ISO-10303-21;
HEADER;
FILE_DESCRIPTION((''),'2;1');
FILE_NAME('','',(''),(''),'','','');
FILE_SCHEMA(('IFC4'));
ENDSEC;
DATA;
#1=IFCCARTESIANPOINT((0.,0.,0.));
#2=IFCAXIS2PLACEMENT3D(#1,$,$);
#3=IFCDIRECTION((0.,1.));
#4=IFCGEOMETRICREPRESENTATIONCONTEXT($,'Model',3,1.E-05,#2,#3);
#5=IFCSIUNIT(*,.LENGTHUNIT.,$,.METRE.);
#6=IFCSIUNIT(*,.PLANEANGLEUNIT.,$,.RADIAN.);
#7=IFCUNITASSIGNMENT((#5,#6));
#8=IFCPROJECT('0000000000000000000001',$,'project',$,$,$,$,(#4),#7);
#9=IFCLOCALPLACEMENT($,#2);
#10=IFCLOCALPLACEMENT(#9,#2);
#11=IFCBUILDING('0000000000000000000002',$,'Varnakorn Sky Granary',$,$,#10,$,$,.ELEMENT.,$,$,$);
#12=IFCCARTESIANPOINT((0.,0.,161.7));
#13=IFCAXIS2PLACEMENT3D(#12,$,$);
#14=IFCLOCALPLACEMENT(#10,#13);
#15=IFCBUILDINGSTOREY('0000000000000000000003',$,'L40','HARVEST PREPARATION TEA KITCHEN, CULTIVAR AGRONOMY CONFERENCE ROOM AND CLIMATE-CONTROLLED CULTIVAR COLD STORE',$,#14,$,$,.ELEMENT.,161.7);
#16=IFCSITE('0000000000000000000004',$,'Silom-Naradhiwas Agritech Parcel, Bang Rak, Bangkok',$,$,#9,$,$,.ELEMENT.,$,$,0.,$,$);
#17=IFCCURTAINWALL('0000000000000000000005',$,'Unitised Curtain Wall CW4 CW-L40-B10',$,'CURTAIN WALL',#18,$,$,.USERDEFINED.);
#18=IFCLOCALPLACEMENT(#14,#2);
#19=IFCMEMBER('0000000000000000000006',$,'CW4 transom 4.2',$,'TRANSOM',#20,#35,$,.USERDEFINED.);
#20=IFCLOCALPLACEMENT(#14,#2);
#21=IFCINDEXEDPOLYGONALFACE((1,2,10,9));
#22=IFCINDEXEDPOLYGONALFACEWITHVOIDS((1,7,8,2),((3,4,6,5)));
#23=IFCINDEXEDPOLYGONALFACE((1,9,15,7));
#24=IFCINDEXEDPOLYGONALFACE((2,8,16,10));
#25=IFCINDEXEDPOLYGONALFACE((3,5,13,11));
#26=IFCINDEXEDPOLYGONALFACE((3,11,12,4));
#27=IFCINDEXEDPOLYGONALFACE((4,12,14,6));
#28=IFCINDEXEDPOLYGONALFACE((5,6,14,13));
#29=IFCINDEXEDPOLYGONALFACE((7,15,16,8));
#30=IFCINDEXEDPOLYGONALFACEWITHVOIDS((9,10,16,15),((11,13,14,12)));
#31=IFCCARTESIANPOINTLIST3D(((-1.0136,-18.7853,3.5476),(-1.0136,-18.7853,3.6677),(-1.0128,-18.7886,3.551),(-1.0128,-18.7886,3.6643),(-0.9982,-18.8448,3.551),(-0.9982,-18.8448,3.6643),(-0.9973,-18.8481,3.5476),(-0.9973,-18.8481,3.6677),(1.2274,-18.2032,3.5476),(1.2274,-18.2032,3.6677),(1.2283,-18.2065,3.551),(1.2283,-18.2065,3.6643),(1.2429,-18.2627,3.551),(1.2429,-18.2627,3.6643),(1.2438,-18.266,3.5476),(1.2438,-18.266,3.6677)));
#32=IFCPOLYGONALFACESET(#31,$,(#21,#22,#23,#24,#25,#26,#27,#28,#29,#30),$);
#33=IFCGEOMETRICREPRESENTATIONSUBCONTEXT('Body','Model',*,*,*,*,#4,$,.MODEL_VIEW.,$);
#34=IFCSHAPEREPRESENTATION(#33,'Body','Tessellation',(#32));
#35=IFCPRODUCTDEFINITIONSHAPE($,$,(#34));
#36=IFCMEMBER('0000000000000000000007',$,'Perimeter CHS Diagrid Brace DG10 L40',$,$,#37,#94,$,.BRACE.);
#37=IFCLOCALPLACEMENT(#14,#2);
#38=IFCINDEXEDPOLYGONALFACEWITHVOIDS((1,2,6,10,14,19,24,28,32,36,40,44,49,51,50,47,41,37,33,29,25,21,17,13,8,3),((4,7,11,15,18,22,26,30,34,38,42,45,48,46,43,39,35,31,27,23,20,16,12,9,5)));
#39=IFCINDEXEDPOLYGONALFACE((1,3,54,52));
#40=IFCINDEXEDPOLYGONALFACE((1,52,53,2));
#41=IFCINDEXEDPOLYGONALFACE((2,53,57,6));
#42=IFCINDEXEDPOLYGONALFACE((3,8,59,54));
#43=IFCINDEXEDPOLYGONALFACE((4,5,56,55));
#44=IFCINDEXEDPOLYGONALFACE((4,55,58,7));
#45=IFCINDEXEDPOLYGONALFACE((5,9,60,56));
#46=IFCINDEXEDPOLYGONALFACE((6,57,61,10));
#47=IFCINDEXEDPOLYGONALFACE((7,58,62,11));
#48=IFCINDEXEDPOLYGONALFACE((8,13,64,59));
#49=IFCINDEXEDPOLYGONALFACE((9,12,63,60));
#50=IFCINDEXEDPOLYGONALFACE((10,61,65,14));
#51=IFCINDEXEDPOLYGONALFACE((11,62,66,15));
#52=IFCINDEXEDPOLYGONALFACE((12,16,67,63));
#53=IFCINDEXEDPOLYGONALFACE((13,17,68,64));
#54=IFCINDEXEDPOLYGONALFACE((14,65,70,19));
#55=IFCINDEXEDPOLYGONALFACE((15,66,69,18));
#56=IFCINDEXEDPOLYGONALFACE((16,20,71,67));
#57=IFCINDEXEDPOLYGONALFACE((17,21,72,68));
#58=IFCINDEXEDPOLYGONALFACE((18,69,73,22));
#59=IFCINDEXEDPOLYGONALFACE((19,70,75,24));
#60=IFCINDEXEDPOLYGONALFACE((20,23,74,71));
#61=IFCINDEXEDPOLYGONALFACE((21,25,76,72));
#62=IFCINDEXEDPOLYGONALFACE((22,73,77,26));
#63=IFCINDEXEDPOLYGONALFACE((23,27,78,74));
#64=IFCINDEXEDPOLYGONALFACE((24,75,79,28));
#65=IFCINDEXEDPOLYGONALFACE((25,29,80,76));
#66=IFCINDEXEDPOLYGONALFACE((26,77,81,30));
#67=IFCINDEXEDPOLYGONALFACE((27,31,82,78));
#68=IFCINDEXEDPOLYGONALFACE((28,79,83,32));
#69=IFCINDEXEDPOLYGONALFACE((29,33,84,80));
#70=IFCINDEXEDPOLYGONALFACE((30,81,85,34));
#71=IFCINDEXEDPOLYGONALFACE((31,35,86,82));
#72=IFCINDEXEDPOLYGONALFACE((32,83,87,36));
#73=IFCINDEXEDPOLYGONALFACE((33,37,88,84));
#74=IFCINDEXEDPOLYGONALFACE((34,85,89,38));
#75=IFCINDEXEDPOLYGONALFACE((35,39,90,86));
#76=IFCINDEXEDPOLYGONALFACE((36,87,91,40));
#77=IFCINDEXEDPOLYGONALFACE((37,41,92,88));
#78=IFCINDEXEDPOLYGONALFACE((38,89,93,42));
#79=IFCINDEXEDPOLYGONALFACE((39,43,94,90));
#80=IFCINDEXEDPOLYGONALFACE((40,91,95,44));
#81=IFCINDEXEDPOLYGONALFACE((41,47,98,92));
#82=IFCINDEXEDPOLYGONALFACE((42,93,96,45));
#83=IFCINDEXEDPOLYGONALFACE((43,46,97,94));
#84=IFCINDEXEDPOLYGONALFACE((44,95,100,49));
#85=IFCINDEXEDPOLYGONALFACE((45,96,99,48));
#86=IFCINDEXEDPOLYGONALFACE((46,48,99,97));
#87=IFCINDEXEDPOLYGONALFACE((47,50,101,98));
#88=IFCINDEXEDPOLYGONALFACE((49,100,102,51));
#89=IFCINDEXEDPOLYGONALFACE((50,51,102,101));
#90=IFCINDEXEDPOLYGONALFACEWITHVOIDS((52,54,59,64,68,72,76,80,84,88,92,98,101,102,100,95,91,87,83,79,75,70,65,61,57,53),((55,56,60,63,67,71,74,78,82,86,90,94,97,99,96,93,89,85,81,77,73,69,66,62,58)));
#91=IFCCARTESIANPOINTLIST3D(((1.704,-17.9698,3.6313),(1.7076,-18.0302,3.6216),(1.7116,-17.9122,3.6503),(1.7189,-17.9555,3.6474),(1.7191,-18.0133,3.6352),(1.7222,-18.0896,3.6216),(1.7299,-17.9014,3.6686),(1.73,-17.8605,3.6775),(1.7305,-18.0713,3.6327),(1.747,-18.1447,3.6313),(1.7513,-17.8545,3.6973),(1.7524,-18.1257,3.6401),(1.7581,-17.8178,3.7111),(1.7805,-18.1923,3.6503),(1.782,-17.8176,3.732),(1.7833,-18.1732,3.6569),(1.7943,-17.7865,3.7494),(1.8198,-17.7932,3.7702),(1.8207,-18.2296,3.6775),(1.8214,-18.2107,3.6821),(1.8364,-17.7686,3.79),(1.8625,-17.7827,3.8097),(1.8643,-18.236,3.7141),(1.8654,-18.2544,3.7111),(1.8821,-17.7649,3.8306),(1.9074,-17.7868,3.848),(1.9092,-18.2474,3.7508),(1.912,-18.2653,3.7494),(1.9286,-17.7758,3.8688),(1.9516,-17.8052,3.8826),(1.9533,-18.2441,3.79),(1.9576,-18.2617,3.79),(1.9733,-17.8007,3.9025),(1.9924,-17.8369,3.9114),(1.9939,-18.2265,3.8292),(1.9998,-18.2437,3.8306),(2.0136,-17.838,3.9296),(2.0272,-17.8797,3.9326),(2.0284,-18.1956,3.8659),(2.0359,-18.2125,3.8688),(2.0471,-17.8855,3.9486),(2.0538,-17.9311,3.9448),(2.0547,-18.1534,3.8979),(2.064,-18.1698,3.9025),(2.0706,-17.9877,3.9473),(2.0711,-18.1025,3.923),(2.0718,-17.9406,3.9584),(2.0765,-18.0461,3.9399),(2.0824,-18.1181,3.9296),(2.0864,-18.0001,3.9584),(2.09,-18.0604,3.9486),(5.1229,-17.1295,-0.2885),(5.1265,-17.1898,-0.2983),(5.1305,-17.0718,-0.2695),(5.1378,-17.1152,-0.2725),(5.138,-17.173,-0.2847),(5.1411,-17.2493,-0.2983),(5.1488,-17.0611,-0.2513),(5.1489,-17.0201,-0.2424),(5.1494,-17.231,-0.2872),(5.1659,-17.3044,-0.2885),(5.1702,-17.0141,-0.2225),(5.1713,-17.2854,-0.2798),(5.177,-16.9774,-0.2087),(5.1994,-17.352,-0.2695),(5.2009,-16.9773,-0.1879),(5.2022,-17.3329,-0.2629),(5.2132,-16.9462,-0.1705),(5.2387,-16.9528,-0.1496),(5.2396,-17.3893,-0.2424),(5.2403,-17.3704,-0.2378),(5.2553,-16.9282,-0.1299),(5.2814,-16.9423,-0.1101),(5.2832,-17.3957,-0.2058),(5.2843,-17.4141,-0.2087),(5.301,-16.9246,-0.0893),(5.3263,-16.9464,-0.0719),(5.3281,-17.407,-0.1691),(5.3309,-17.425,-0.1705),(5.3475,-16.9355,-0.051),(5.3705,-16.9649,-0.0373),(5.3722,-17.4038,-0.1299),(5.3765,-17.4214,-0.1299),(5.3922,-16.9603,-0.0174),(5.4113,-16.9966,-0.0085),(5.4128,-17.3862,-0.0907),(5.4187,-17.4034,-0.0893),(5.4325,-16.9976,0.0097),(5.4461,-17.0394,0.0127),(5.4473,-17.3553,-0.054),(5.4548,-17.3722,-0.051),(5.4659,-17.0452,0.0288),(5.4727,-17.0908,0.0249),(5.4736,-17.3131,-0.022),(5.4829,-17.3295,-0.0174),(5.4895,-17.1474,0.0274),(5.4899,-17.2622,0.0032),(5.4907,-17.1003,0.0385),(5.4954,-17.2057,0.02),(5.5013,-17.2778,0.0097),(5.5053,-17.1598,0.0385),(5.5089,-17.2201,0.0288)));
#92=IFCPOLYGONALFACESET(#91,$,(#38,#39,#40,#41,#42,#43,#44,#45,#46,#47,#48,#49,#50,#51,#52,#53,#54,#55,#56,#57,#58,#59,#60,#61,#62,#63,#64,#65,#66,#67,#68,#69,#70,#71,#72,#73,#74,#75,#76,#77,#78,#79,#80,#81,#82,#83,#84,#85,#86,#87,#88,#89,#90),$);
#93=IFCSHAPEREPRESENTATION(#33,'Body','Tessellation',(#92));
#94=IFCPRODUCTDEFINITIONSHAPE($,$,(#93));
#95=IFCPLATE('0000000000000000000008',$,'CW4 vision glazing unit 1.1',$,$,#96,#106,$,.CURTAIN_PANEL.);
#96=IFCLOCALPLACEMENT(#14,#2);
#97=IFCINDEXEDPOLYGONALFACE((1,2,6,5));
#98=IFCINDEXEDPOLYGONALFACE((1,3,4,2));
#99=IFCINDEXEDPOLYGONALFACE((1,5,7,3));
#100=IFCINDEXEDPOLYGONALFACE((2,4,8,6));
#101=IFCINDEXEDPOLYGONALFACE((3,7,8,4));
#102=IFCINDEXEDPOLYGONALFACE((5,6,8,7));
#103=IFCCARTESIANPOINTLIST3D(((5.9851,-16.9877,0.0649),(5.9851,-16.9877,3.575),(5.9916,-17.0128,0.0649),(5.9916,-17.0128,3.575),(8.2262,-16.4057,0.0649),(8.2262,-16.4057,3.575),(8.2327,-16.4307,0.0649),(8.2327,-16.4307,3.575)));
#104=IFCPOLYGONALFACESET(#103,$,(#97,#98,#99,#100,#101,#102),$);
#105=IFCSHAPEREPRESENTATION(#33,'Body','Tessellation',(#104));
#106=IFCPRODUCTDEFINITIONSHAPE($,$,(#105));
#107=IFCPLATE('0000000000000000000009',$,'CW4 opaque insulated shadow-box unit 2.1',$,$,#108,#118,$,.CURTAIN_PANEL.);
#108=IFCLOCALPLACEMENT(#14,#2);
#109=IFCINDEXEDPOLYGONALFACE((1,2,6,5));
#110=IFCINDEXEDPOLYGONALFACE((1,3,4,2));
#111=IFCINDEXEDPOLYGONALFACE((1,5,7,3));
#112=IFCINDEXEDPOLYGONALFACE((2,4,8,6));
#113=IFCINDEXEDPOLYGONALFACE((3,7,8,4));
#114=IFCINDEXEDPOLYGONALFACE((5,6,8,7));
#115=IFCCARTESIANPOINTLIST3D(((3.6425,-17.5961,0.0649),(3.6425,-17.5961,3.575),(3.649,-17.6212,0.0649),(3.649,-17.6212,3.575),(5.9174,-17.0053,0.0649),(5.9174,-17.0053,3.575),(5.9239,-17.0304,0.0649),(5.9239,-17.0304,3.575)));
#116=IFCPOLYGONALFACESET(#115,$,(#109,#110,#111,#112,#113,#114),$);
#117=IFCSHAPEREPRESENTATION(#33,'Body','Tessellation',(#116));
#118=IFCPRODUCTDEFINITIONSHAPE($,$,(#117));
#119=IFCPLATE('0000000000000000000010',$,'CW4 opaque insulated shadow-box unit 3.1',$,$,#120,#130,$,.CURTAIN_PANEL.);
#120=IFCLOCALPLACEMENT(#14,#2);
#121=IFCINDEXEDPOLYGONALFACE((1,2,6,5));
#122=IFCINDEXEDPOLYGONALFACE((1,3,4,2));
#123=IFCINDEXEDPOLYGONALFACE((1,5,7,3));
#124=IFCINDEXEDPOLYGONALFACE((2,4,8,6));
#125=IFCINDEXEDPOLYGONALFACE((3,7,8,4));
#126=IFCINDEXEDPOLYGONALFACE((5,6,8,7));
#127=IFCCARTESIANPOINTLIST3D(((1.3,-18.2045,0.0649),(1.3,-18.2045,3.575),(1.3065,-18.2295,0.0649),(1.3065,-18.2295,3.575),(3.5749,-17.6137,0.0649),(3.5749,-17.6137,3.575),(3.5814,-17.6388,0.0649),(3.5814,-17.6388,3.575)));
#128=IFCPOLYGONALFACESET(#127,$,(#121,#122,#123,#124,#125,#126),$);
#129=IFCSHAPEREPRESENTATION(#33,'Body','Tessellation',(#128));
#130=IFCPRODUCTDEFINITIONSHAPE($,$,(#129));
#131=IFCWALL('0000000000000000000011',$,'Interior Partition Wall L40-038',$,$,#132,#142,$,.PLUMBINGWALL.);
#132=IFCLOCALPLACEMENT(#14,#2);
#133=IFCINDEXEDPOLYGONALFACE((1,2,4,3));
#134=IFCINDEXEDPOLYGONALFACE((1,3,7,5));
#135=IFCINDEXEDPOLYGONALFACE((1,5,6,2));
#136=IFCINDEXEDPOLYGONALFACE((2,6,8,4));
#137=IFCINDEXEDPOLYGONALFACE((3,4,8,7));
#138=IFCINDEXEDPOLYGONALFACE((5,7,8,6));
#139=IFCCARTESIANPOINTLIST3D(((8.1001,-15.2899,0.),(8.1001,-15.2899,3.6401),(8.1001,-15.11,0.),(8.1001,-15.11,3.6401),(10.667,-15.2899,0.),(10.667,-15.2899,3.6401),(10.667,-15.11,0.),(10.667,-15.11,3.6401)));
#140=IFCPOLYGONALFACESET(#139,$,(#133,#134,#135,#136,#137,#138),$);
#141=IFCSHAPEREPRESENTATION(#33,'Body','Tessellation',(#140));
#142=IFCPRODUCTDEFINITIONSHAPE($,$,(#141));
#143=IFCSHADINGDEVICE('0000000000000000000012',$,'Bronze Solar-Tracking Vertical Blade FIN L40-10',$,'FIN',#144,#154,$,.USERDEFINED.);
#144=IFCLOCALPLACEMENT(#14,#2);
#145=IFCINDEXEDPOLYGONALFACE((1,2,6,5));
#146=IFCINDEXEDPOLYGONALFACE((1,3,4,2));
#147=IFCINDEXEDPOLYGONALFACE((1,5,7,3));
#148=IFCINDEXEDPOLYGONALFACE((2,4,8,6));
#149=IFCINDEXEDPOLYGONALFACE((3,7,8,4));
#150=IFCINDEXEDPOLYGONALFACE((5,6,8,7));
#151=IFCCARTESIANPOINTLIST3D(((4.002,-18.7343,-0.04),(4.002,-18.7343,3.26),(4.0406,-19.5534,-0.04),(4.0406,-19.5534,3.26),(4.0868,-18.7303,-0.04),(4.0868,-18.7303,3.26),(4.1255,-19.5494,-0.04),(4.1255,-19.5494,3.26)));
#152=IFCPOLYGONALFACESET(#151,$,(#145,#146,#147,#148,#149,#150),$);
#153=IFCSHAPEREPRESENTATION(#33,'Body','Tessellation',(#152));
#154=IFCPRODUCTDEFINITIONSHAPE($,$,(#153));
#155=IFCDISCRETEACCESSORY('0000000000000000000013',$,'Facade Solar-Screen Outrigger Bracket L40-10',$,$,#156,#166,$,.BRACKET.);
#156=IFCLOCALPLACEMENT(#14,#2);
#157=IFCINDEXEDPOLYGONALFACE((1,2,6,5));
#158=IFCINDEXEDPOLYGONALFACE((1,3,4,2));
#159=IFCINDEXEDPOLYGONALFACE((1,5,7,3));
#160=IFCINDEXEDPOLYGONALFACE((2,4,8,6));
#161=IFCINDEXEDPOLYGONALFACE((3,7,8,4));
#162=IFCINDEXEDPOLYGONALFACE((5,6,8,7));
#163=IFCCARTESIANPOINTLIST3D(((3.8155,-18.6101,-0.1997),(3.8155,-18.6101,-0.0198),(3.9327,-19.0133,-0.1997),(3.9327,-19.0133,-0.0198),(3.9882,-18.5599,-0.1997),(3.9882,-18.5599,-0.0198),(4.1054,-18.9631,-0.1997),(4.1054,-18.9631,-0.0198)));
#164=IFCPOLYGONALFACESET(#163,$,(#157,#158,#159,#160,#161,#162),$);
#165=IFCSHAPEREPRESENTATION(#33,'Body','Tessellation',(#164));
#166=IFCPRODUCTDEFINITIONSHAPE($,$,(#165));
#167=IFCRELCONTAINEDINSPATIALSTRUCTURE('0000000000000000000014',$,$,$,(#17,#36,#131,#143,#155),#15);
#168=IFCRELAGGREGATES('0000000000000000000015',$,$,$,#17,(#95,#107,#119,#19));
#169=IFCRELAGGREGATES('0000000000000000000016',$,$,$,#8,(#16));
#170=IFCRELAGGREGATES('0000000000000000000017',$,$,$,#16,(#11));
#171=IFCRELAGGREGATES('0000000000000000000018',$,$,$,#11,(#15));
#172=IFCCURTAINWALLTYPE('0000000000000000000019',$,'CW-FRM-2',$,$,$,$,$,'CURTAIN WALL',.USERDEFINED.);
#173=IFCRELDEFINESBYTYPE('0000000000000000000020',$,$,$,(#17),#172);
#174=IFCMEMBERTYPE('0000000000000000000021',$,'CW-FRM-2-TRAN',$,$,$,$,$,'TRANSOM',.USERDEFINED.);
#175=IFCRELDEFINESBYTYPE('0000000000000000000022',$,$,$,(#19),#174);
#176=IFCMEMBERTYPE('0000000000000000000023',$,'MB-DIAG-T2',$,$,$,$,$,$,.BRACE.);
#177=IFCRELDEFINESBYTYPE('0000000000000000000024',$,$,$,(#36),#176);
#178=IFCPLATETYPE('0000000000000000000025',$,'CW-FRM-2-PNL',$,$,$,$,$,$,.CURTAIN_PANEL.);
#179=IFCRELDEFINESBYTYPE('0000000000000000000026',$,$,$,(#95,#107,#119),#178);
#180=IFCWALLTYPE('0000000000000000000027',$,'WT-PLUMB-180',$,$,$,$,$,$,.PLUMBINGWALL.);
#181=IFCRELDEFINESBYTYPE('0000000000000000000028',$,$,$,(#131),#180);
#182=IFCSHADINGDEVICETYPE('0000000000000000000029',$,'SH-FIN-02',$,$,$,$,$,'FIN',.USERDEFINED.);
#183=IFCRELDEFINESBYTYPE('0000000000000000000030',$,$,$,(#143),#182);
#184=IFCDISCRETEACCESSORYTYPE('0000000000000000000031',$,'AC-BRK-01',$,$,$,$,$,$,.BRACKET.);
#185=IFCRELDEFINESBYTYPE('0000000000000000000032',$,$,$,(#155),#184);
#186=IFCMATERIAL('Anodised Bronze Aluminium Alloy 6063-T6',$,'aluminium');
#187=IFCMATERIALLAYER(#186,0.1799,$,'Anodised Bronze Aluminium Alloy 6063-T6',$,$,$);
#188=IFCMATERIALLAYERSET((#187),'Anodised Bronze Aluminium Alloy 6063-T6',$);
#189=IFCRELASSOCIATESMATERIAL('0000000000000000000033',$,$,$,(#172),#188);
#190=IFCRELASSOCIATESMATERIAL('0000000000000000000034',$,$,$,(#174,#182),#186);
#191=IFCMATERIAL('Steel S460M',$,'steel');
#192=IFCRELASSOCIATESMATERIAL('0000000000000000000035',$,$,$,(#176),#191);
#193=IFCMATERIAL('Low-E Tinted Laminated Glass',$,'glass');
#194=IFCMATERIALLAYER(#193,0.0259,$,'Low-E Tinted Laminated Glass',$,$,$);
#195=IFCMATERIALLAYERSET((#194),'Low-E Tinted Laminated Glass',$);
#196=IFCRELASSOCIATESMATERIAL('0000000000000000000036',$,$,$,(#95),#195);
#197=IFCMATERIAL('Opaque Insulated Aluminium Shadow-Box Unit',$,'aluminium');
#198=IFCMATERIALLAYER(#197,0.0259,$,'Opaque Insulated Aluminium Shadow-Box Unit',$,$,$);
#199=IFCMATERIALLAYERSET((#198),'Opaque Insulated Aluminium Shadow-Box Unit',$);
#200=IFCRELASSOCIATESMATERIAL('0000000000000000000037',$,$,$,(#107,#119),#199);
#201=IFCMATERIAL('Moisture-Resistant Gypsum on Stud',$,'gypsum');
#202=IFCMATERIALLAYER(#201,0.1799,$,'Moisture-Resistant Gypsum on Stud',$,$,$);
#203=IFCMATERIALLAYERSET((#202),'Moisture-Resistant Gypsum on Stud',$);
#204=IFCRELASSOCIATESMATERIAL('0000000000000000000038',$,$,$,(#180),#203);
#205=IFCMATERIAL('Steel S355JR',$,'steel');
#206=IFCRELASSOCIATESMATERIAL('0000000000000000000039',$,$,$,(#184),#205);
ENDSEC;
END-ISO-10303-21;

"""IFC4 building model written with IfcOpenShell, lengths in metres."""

from ifc_helpers import new_model, si_unit, direction, frame, frame_2d, origin, origin_2d, place, context, subcontext, project, spatial, rectangle, hollow_rectangle, hollow_circle, extrude, source, transform, mapped, material, layer, layer_set, material_profile, profile_set, type_object, type_shapes, element, aggregate, save


model = new_model("IFC4")

# Units and contexts
model_context = context("Model", 3, precision=1e-05, world=origin(), true_north=direction((0.0, 1.0)))
body_context = subcontext(model_context, "Body", "Model", "MODEL_VIEW")
ifc_project = project(units=[si_unit("LENGTHUNIT", "METRE"), si_unit("PLANEANGLEUNIT", "RADIAN")], contexts=[model_context])

# Site, building, storey
site_placement = place(None, origin())
site = spatial("IfcSite", under=ifc_project, at=site_placement, Name="Silom-Naradhiwas Agritech Parcel, Bang Rak, Bangkok", CompositionType="ELEMENT", RefElevation=0.0)
building_placement = place(site_placement, origin())
building = spatial("IfcBuilding", under=site, at=building_placement, Name="Varnakorn Sky Granary", CompositionType="ELEMENT")
storey_placement = place(building_placement, frame((0.0, 0.0, 161.7)))
storey = spatial("IfcBuildingStorey", under=building, at=storey_placement, Name="L40", Description="HARVEST PREPARATION TEA KITCHEN, CULTIVAR AGRONOMY CONFERENCE ROOM AND CLIMATE-CONTROLLED CULTIVAR COLD STORE", CompositionType="ELEMENT", Elevation=161.7)

# Curtain wall, member
ifc_material_1 = material(Name="Anodised Bronze Aluminium Alloy 6063-T6", Category="aluminium")
ifc_layer_1 = layer(ifc_material_1, 0.1799, Name="Anodised Bronze Aluminium Alloy 6063-T6")
ifc_layer_set_1 = layer_set([ifc_layer_1], Name="Anodised Bronze Aluminium Alloy 6063-T6")
curtain_wall_type = type_object("IfcCurtainWallType", Name="CW-FRM-2", ElementType="CURTAIN WALL", PredefinedType="USERDEFINED", material=ifc_layer_set_1)
curtain_wall_placement = place(storey_placement, origin())
curtain_wall = element("IfcCurtainWall", 1, at=curtain_wall_placement, inside=storey, type_object=curtain_wall_type, Name="Unitised Curtain Wall CW4 CW-L40-B10", ObjectType="CURTAIN WALL", PredefinedType="USERDEFINED")
ifc_material_profile_1 = material_profile(ifc_material_1, hollow_rectangle(XDim=0.0649, YDim=0.1201, WallThickness=0.0034, at=origin_2d()), Name="ALU TRAN 65x120")
ifc_profile_set_1 = profile_set([ifc_material_profile_1], Name="Anodised Bronze Aluminium Alloy 6063-T6")
member_type_1 = type_object("IfcMemberType", Name="CW-FRM-2-TRAN", ElementType="TRANSOM", PredefinedType="USERDEFINED", material=ifc_profile_set_1)
member_1_placement = place(storey_placement, frame((1.2356, -18.2346, 3.6077), z_axis=(-0.967888, -0.251383, 0.0), x_axis=(0.251383, -0.967888, 0.0)))
member_1 = element("IfcMember", 2, at=member_1_placement, type_object=member_type_1, Name="CW4 transom 4.2", ObjectType="TRANSOM", PredefinedType="USERDEFINED", context=body_context, shape_type="SweptSolid", body=[
    extrude(hollow_rectangle(XDim=0.0649, YDim=0.1201, WallThickness=0.0034, at=origin_2d()), origin(), (0.0, 0.0, 1.0), 2.3154),
])

# Member
ifc_material_2 = material(Name="Steel S460M", Category="steel")
ifc_material_profile_2 = material_profile(ifc_material_2, hollow_circle(Radius=0.2539, WallThickness=0.0181, at=origin_2d()), Name="CHS 508x18")
ifc_profile_set_2 = profile_set([ifc_material_profile_2], Name="Steel S460M")
member_type_2 = type_object("IfcMemberType", Name="MB-DIAG-T2", PredefinedType="BRACE", material=ifc_profile_set_2)
member_2_placement = place(storey_placement, frame((5.3159, -17.1748, -0.1299), z_axis=(-0.648894, -0.15949, 0.743976), x_axis=(0.238683, -0.971098, 0.0)))
element("IfcMember", 3, at=member_2_placement, inside=storey, type_object=member_type_2, Name="Perimeter CHS Diagrid Brace DG10 L40", PredefinedType="BRACE", context=body_context, shape_type="SweptSolid", body=[
    extrude(hollow_circle(Radius=0.2539, WallThickness=0.0181, at=origin_2d()), origin(), (0.0, 0.0, 1.0), 5.2688),
])

# Plates
ifc_material_3 = material(Name="Low-E Tinted Laminated Glass", Category="glass")
ifc_layer_2 = layer(ifc_material_3, 0.0259, Name="Low-E Tinted Laminated Glass")
ifc_layer_set_2 = layer_set([ifc_layer_2], Name="Low-E Tinted Laminated Glass")
plate_type = type_object("IfcPlateType", Name="CW-FRM-2-PNL", PredefinedType="CURTAIN_PANEL")
shared_shape_1 = source(origin(), body_context, "Body", "SweptSolid", [
    extrude(rectangle(XDim=2.3154, YDim=0.0259, at=origin_2d()), origin(), (0.0, 0.0, 1.0), 3.51),
])
plate_1_placement = place(storey_placement, frame((7.1089, -16.7092, 0.0649), z_axis=(0.0, 0.0, 1.0), x_axis=(-0.967893, -0.251363, 0.0)))
plate_1 = element("IfcPlate", 4, at=plate_1_placement, type_object=plate_type, material=ifc_layer_set_2, Name="CW4 vision glazing unit 1.1", PredefinedType="CURTAIN_PANEL", context=body_context, shape_type="MappedRepresentation", body=[
    mapped(shared_shape_1, transform((0.0, 0.0, 0.0), x_axis=(1.0, 0.0, 0.0), y_axis=(0.0, 1.0, 0.0), z_axis=(0.0, 0.0, 1.0), scale=1.0)),
])
ifc_material_4 = material(Name="Opaque Insulated Aluminium Shadow-Box Unit", Category="aluminium")
ifc_layer_3 = layer(ifc_material_4, 0.0259, Name="Opaque Insulated Aluminium Shadow-Box Unit")
ifc_layer_set_3 = layer_set([ifc_layer_3], Name="Opaque Insulated Aluminium Shadow-Box Unit")
shared_shape_2 = source(origin(), body_context, "Body", "SweptSolid", [
    extrude(rectangle(XDim=2.3503, YDim=0.0259, at=origin_2d()), origin(), (0.0, 0.0, 1.0), 3.51),
])
type_shapes(plate_type, [shared_shape_1, shared_shape_2])
plate_2_placement = place(storey_placement, frame((4.7832, -17.3132, 0.0649), z_axis=(0.0, 0.0, 1.0), x_axis=(-0.967893, -0.251363, 0.0)))
plate_2 = element("IfcPlate", 5, at=plate_2_placement, type_object=plate_type, material=ifc_layer_set_3, Name="CW4 opaque insulated shadow-box unit 2.1", PredefinedType="CURTAIN_PANEL", context=body_context, shape_type="MappedRepresentation", body=[
    mapped(shared_shape_2, transform((0.0, 0.0, 0.0), x_axis=(1.0, 0.0, 0.0), y_axis=(0.0, 1.0, 0.0), z_axis=(0.0, 0.0, 1.0), scale=1.0)),
])
plate_3_placement = place(storey_placement, frame((2.4407, -17.9216, 0.0649), z_axis=(0.0, 0.0, 1.0), x_axis=(-0.967893, -0.251363, 0.0)))
plate_3 = element("IfcPlate", 6, at=plate_3_placement, type_object=plate_type, material=ifc_layer_set_3, Name="CW4 opaque insulated shadow-box unit 3.1", PredefinedType="CURTAIN_PANEL", context=body_context, shape_type="MappedRepresentation", body=[
    mapped(shared_shape_2, transform((0.0, 0.0, 0.0), x_axis=(1.0, 0.0, 0.0), y_axis=(0.0, 1.0, 0.0), z_axis=(0.0, 0.0, 1.0), scale=1.0)),
])
aggregate(curtain_wall, [plate_1, plate_2, plate_3, member_1])

# Wall
ifc_material_5 = material(Name="Moisture-Resistant Gypsum on Stud", Category="gypsum")
ifc_layer_4 = layer(ifc_material_5, 0.1799, Name="Moisture-Resistant Gypsum on Stud")
ifc_layer_set_4 = layer_set([ifc_layer_4], Name="Moisture-Resistant Gypsum on Stud")
wall_type = type_object("IfcWallType", Name="WT-PLUMB-180", PredefinedType="PLUMBINGWALL", material=ifc_layer_set_4)
wall_placement = place(storey_placement, frame((8.1001, -15.2, 0.0), z_axis=(0.0, 0.0, 1.0), x_axis=(1.0, 0.0, 0.0)))
element("IfcWall", 7, at=wall_placement, inside=storey, type_object=wall_type, Name="Interior Partition Wall L40-038", PredefinedType="PLUMBINGWALL", context=body_context, shape_type="SweptSolid", body=[
    extrude(rectangle(XDim=2.5669, YDim=0.1799, at=frame_2d((1.2834, 0.0))), origin(), (0.0, 0.0, 1.0), 3.6401),
])

# Shading device
shading_device_type = type_object("IfcShadingDeviceType", Name="SH-FIN-02", ElementType="FIN", PredefinedType="USERDEFINED", material=ifc_material_1)
shared_shape_3 = source(origin(), body_context, "Body", "SweptSolid", [
    extrude(rectangle(XDim=0.085, YDim=0.8201, at=origin_2d()), origin(), (0.0, 0.0, 1.0), 3.3),
])
type_shapes(shading_device_type, [shared_shape_3])
shading_device_placement = place(storey_placement, frame((4.0637, -19.1418, -0.04), z_axis=(0.0, 0.0, 1.0), x_axis=(0.99889, 0.047098, 0.0)))
element("IfcShadingDevice", 8, at=shading_device_placement, inside=storey, type_object=shading_device_type, Name="Bronze Solar-Tracking Vertical Blade FIN L40-10", ObjectType="FIN", PredefinedType="USERDEFINED", context=body_context, shape_type="MappedRepresentation", body=[
    mapped(shared_shape_3, transform((0.0, 0.0, 0.0), x_axis=(1.0, 0.0, 0.0), y_axis=(0.0, 1.0, 0.0), z_axis=(0.0, 0.0, 1.0), scale=1.0)),
])

# Discrete accessory
ifc_material_6 = material(Name="Steel S355JR", Category="steel")
discrete_accessory_type = type_object("IfcDiscreteAccessoryType", Name="AC-BRK-01", PredefinedType="BRACKET", material=ifc_material_6)
shared_shape_4 = source(origin(), body_context, "Body", "SweptSolid", [
    extrude(rectangle(XDim=0.1799, YDim=0.4199, at=origin_2d()), origin(), (0.0, 0.0, 1.0), 0.1799),
])
type_shapes(discrete_accessory_type, [shared_shape_4])
discrete_accessory_placement = place(storey_placement, frame((3.9604, -18.7866, -0.1997), z_axis=(0.0, 0.0, 1.0), x_axis=(0.960261, 0.279104, 0.0)))
element("IfcDiscreteAccessory", 9, at=discrete_accessory_placement, inside=storey, type_object=discrete_accessory_type, Name="Facade Solar-Screen Outrigger Bracket L40-10", PredefinedType="BRACKET", context=body_context, shape_type="MappedRepresentation", body=[
    mapped(shared_shape_4, transform((0.0, 0.0, 0.0), x_axis=(1.0, 0.0, 0.0), y_axis=(0.0, 1.0, 0.0), z_axis=(0.0, 0.0, 1.0), scale=1.0)),
])

save(model, "model.ifc")
